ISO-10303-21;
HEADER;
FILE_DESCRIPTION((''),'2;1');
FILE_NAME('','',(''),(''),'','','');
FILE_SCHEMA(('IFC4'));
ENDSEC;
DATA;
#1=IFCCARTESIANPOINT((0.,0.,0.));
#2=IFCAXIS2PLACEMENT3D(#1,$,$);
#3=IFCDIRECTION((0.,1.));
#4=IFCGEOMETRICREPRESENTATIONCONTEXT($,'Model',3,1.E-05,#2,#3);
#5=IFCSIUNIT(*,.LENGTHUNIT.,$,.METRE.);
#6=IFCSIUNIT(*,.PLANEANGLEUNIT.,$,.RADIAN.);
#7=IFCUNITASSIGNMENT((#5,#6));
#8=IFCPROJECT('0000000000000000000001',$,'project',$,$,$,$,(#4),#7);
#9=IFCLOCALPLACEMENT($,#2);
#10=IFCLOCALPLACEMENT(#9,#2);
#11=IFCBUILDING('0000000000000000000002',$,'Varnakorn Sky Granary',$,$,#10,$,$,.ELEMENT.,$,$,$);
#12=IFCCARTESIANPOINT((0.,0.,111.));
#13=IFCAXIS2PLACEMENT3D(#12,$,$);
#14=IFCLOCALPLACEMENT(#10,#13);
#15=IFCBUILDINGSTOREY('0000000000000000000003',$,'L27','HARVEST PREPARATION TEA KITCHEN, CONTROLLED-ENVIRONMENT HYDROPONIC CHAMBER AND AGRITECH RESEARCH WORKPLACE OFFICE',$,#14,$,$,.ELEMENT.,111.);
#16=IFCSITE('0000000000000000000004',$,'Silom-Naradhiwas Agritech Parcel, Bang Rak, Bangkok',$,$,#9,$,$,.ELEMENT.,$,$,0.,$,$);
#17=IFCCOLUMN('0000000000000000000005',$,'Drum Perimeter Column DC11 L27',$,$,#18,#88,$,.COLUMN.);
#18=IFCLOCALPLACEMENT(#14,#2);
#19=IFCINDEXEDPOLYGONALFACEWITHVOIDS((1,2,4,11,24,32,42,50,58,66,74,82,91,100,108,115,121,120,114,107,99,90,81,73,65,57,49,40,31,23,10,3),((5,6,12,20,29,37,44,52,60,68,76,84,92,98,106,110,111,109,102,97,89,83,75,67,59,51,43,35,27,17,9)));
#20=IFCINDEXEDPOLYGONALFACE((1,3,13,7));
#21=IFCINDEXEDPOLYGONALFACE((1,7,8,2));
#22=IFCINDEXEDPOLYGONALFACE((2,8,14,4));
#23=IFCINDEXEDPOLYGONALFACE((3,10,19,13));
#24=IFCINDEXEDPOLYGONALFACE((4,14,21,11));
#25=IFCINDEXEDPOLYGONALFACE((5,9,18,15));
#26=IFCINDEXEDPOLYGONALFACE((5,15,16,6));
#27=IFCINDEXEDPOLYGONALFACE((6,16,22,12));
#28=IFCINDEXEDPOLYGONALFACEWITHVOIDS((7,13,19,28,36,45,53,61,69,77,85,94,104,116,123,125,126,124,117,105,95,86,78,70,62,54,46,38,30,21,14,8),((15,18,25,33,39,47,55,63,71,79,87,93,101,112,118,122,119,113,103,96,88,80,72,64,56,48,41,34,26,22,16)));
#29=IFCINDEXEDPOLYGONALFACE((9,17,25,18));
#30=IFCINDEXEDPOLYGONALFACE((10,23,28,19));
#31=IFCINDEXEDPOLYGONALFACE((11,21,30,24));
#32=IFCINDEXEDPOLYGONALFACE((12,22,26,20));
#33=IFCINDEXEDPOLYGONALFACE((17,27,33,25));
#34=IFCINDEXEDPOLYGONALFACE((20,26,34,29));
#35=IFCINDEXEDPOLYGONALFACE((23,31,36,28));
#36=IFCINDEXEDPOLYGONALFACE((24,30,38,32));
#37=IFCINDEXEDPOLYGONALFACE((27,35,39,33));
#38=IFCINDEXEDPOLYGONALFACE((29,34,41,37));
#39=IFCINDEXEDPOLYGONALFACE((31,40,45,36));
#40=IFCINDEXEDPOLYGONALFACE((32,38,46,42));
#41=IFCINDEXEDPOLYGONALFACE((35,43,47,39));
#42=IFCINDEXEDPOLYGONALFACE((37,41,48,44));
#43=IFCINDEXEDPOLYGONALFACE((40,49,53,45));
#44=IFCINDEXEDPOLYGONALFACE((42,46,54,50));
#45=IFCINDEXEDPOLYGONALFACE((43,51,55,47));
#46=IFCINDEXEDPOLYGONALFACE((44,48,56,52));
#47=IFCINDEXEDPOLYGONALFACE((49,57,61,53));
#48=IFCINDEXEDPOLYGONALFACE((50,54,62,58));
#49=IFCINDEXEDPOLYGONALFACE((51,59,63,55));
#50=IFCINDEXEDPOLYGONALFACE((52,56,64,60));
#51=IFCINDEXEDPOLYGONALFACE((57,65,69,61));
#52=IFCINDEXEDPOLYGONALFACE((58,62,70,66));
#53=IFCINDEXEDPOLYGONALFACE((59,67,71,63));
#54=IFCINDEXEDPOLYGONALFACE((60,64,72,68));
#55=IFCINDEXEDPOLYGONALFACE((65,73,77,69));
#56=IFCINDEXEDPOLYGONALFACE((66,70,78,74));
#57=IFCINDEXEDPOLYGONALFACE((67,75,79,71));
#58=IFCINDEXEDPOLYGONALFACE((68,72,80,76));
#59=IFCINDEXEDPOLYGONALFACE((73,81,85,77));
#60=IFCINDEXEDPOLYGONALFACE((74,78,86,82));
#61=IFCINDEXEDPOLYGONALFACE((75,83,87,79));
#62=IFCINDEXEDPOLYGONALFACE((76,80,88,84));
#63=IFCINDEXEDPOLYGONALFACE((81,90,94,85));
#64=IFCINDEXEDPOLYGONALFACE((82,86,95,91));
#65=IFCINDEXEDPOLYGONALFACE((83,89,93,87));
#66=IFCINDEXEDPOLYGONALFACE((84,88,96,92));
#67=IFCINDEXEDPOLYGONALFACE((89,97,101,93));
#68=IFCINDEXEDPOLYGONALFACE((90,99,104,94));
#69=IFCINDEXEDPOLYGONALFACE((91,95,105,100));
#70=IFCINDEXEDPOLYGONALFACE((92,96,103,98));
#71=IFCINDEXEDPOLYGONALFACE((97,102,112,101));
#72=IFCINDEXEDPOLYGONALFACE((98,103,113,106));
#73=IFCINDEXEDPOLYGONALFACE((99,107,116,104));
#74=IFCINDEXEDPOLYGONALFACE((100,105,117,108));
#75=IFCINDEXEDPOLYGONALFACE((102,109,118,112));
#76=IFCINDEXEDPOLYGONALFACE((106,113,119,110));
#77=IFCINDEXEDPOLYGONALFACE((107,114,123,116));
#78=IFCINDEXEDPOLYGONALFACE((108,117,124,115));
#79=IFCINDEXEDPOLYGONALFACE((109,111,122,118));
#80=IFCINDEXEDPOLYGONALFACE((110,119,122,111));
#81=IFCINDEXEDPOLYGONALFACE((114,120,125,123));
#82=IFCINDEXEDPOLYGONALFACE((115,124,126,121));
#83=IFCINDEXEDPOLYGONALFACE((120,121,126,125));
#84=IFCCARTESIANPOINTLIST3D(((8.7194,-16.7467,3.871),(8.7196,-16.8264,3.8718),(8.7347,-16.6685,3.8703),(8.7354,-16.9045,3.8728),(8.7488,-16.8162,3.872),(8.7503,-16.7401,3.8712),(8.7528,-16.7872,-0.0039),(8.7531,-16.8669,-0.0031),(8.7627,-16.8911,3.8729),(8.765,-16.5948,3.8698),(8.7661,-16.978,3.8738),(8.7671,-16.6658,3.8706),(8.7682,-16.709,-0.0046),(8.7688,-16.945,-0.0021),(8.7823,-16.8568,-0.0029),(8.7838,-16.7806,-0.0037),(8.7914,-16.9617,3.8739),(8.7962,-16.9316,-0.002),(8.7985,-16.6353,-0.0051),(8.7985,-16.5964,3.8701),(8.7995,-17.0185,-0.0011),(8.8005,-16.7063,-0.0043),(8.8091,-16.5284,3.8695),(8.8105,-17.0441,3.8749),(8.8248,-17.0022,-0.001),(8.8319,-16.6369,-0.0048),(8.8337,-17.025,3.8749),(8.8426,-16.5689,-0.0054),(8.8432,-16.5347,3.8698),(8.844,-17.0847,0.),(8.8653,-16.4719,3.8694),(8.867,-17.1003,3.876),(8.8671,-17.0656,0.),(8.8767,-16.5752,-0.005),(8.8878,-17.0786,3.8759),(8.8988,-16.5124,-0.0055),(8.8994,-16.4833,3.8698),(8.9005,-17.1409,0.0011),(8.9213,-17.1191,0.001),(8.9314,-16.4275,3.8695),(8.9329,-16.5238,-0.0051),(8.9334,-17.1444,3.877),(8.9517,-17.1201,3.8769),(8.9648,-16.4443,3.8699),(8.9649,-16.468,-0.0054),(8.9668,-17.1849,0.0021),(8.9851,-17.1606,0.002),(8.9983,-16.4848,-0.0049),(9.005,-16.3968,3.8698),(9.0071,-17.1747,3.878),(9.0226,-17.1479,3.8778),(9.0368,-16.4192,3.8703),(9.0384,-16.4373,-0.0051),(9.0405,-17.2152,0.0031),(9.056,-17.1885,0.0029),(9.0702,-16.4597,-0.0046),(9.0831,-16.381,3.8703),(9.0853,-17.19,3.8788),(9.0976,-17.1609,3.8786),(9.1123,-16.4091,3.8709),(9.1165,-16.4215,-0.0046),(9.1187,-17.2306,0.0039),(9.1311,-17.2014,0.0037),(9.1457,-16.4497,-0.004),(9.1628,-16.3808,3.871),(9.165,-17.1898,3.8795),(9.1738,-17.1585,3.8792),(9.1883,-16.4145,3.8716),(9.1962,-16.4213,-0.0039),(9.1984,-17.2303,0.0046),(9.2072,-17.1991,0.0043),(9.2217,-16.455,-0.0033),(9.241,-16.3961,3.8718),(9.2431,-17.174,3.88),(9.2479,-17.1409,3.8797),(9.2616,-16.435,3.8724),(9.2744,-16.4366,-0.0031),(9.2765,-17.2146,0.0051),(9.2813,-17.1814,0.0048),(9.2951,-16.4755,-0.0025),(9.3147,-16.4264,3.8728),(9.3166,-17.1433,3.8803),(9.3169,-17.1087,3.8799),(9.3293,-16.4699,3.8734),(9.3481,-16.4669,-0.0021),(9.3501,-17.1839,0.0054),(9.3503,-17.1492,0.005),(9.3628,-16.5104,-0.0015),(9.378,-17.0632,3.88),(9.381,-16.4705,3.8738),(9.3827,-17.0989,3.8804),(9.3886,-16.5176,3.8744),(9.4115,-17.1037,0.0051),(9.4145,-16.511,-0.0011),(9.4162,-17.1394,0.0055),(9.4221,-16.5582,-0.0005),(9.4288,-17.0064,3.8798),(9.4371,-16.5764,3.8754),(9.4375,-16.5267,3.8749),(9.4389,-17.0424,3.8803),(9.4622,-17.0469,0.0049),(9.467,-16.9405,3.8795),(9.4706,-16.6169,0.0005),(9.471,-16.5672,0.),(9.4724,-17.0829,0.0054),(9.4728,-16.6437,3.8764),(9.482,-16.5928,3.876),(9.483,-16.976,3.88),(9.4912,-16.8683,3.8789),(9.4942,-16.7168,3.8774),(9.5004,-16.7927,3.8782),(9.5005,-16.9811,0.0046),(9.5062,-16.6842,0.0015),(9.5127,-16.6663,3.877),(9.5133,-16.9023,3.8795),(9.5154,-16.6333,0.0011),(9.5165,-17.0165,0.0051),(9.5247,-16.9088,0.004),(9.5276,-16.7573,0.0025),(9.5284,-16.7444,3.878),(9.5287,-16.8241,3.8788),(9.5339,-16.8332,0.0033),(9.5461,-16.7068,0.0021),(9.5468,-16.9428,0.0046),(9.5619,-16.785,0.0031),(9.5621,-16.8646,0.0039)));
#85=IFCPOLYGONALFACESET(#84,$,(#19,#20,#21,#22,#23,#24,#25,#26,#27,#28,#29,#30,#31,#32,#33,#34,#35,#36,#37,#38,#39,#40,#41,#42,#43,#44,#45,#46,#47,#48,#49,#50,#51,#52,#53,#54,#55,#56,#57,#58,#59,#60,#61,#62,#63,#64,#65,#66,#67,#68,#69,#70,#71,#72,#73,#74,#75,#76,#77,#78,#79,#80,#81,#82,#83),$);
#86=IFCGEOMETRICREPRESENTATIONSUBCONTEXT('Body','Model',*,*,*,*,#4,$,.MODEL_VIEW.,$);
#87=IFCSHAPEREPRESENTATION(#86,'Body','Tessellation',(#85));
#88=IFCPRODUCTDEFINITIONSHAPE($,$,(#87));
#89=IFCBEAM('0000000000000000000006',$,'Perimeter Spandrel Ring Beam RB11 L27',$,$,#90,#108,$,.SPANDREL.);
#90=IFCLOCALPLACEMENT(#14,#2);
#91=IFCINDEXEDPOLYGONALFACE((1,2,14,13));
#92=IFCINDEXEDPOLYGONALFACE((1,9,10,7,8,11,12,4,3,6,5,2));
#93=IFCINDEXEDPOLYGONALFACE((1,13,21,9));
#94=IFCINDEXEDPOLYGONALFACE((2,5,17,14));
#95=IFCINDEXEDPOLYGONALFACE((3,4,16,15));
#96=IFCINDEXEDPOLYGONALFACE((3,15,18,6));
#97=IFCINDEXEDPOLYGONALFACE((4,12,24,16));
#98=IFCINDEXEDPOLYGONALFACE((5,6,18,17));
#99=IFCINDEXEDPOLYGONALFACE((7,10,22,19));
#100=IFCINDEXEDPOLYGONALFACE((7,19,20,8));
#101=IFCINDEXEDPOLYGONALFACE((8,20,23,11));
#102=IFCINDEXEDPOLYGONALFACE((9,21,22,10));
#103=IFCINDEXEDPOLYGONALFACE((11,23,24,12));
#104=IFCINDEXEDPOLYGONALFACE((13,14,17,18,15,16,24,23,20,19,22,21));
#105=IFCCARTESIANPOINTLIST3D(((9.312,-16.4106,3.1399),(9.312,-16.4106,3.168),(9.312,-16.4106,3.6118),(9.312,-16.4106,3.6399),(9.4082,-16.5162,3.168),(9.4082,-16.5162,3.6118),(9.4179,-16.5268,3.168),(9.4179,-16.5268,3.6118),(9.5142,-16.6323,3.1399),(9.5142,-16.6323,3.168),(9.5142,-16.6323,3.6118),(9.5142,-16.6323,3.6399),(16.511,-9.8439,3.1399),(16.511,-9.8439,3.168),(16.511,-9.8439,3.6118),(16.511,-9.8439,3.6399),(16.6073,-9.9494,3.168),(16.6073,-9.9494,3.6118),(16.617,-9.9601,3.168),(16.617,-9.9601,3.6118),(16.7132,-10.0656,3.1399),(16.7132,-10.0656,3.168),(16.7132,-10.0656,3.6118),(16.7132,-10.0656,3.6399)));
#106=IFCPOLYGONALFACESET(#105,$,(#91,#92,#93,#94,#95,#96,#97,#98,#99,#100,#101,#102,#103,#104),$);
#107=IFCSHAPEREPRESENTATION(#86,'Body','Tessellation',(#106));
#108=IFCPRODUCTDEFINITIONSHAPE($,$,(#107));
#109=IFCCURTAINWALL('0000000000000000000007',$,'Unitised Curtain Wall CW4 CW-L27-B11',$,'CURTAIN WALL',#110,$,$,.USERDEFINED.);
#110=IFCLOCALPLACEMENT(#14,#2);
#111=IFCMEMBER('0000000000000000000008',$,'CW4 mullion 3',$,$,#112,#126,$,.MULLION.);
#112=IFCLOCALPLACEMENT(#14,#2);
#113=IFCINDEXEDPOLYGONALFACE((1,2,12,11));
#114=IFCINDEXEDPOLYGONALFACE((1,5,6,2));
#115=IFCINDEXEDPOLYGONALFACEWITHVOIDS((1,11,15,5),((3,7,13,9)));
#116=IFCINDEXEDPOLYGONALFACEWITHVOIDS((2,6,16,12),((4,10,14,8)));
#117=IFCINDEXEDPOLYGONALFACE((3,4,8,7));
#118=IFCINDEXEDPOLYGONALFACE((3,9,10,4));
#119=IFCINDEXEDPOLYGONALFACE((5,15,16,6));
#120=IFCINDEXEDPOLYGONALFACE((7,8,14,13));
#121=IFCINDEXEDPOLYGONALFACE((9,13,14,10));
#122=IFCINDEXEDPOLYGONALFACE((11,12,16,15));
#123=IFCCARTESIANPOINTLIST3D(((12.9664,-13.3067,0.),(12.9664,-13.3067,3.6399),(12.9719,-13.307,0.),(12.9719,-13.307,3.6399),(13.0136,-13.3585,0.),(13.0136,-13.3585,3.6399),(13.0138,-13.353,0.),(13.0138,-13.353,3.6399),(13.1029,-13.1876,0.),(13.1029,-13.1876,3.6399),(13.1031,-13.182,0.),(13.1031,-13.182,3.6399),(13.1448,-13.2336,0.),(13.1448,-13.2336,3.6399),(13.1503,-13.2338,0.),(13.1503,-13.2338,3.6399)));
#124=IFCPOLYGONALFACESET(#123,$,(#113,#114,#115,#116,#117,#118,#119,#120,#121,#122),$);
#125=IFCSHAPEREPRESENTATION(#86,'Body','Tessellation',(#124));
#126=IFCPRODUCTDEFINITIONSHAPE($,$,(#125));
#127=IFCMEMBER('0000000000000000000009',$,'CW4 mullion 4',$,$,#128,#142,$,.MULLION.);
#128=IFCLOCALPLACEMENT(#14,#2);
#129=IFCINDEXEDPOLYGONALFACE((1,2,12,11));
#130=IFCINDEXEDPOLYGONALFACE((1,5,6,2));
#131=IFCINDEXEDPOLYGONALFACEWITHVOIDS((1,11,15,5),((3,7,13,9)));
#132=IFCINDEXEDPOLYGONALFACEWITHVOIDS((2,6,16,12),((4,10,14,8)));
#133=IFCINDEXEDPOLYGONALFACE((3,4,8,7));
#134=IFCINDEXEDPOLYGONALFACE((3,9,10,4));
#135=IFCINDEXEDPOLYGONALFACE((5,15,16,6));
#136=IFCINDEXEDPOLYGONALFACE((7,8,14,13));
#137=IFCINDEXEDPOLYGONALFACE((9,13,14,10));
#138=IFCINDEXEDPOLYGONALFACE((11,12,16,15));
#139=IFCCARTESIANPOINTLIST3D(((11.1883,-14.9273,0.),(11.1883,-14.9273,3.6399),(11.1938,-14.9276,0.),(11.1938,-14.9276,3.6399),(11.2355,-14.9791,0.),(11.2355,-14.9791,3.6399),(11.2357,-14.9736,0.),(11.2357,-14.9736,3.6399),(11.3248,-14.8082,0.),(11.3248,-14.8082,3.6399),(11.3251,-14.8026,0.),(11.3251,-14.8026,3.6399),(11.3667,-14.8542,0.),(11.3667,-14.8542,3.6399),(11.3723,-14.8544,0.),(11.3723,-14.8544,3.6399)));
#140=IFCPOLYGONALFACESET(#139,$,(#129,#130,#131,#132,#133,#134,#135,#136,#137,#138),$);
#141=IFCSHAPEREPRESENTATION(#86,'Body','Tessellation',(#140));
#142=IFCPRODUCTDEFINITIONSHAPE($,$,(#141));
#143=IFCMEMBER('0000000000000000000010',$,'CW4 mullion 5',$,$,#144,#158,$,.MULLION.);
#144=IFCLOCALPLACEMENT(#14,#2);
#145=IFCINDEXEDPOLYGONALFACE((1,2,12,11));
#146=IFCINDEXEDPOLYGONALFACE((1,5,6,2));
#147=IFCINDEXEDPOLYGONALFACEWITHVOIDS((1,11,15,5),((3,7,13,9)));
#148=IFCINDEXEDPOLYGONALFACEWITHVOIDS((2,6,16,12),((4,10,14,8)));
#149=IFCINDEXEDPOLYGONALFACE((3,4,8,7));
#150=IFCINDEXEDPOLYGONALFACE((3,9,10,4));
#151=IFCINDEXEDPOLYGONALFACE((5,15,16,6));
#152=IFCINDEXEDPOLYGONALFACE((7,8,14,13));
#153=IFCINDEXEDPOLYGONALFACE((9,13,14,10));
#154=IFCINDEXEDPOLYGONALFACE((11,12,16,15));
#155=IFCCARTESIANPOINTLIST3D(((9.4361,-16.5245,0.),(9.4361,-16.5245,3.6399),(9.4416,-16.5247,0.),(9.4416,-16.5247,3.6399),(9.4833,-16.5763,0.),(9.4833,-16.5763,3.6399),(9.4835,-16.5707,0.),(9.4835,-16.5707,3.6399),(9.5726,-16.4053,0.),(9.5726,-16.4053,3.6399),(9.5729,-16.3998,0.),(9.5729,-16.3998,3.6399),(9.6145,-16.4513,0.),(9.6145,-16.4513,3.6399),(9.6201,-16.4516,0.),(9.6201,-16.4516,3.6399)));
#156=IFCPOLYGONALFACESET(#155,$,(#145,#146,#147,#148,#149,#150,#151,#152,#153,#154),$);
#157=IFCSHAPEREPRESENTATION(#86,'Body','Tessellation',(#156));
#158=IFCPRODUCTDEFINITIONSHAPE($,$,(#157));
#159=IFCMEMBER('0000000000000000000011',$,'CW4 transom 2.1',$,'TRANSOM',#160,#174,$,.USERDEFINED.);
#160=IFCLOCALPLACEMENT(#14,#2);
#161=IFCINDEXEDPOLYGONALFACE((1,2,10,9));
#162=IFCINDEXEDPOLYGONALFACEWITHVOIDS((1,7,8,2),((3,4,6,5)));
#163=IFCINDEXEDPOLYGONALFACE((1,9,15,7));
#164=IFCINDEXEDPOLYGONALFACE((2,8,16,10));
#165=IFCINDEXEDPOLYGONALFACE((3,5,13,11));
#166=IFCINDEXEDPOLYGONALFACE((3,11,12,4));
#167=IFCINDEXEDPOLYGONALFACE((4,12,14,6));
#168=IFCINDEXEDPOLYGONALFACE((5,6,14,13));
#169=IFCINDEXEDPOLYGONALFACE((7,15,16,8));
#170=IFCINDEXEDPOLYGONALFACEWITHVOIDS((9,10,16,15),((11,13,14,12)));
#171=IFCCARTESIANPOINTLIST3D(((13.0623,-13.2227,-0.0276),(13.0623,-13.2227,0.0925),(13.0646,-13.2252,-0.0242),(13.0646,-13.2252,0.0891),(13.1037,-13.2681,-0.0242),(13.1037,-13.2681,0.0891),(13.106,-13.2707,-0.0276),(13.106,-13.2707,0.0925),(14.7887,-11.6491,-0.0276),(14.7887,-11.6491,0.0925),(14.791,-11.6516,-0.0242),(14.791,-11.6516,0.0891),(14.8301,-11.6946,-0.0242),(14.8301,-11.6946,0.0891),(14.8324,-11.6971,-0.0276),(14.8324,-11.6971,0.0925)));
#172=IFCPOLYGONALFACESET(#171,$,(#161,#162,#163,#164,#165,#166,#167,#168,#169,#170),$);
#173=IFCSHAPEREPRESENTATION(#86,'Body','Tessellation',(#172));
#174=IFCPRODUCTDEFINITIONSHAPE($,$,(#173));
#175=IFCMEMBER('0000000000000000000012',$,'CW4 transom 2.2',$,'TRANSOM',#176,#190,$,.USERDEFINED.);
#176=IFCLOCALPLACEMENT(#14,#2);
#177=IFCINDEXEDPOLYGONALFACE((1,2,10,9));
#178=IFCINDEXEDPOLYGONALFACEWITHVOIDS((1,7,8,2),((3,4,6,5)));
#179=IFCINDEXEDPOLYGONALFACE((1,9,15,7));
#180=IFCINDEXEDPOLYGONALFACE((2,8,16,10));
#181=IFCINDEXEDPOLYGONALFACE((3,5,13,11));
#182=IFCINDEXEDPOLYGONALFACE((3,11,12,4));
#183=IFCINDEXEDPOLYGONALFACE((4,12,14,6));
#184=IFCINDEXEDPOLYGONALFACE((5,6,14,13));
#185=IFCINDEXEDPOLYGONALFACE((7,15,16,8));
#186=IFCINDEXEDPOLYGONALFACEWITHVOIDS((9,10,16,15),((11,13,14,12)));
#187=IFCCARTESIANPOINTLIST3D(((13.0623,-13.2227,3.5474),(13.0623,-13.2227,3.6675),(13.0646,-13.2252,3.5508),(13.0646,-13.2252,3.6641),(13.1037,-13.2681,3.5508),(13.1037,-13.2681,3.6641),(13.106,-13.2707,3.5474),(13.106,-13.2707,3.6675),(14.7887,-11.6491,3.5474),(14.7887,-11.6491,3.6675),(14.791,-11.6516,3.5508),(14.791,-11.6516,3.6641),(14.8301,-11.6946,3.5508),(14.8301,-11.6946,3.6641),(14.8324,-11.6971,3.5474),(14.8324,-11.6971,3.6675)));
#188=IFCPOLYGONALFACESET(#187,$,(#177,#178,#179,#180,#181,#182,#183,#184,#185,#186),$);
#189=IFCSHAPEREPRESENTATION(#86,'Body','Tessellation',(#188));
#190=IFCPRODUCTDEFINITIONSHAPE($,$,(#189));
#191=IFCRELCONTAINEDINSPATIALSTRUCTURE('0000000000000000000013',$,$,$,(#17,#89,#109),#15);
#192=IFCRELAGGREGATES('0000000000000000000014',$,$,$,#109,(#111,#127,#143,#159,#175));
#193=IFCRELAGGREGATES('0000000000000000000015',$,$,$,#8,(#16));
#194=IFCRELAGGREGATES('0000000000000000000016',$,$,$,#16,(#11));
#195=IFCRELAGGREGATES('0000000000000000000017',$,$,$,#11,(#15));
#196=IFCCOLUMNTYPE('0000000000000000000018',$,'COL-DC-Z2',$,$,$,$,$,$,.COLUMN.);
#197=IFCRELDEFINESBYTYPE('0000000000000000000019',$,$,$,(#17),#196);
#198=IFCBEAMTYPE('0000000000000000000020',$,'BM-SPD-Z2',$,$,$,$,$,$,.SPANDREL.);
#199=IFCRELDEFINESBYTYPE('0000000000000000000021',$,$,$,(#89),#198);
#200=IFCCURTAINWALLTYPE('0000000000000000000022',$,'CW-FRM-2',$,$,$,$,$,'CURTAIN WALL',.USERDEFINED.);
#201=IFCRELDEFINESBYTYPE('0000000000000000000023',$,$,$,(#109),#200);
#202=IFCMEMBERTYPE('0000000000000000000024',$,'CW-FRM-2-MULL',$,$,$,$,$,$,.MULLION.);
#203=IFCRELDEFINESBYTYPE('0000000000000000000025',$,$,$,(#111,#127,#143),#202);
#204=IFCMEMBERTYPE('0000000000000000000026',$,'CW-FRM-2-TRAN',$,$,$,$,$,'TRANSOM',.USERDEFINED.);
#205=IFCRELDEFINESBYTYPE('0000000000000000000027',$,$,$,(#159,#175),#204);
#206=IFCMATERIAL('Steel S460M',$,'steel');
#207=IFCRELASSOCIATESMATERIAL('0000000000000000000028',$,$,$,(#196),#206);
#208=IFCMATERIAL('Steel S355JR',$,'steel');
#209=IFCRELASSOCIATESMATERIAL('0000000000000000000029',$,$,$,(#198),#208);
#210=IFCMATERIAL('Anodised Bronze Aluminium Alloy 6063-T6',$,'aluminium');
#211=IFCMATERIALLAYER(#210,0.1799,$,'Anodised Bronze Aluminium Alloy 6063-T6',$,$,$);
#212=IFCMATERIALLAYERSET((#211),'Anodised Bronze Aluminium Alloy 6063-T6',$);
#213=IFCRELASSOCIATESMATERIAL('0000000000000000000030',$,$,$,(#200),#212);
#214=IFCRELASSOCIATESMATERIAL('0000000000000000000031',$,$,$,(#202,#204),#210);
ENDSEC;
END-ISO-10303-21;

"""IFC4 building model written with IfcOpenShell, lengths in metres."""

from ifc_helpers import new_model, si_unit, direction, frame, origin, origin_2d, place, context, subcontext, project, spatial, hollow_rectangle, hollow_circle, i_section, extrude, material, layer, layer_set, material_profile, profile_set, type_object, element, aggregate, save


model = new_model("IFC4")

# Units and contexts
model_context = context("Model", 3, precision=1e-05, world=origin(), true_north=direction((0.0, 1.0)))
body_context = subcontext(model_context, "Body", "Model", "MODEL_VIEW")
ifc_project = project(units=[si_unit("LENGTHUNIT", "METRE"), si_unit("PLANEANGLEUNIT", "RADIAN")], contexts=[model_context])

# Site, building, storey
site_placement = place(None, origin())
site = spatial("IfcSite", under=ifc_project, at=site_placement, Name="Silom-Naradhiwas Agritech Parcel, Bang Rak, Bangkok", CompositionType="ELEMENT", RefElevation=0.0)
building_placement = place(site_placement, origin())
building = spatial("IfcBuilding", under=site, at=building_placement, Name="Varnakorn Sky Granary", CompositionType="ELEMENT")
storey_placement = place(building_placement, frame((0.0, 0.0, 111.0)))
storey = spatial("IfcBuildingStorey", under=building, at=storey_placement, Name="L27", Description="HARVEST PREPARATION TEA KITCHEN, CONTROLLED-ENVIRONMENT HYDROPONIC CHAMBER AND AGRITECH RESEARCH WORKPLACE OFFICE", CompositionType="ELEMENT", Elevation=111.0)

# Column
ifc_material_1 = material(Name="Steel S460M", Category="steel")
ifc_material_profile_1 = material_profile(ifc_material_1, hollow_circle(Radius=0.4065, WallThickness=0.03, at=origin_2d()), Name="CHS 813x30")
ifc_profile_set_1 = profile_set([ifc_material_profile_1], Name="Steel S460M")
column_type = type_object("IfcColumnType", Name="COL-DC-Z2", PredefinedType="COLUMN", material=ifc_profile_set_1)
column_placement = place(storey_placement, frame((9.1575, -16.8259, 0.0), z_axis=(-0.008631, 0.010458, 0.999908), x_axis=(-0.771259, -0.636521, 0.0)))
element("IfcColumn", 1, at=column_placement, inside=storey, type_object=column_type, Name="Drum Perimeter Column DC11 L27", PredefinedType="COLUMN", context=body_context, shape_type="SweptSolid", body=[
    extrude(hollow_circle(Radius=0.4065, WallThickness=0.03, at=origin_2d()), origin(), (0.0, 0.0, 1.0), 3.8752),
])

# Beam
ifc_material_2 = material(Name="Steel S355JR", Category="steel")
ifc_material_profile_2 = material_profile(ifc_material_2, i_section(OverallWidth=0.3, OverallDepth=0.5, WebThickness=0.0144, FlangeThickness=0.0281, at=origin_2d()), Name="HE 500 B")
ifc_profile_set_2 = profile_set([ifc_material_profile_2], Name="Steel S355JR")
beam_type = type_object("IfcBeamType", Name="BM-SPD-Z2", PredefinedType="SPANDREL", material=ifc_profile_set_2)
beam_placement = place(storey_placement, frame((9.4131, -16.5215, 3.3899), z_axis=(0.738809, 0.673915, 0.0), x_axis=(-0.673915, 0.738809, 0.0)))
element("IfcBeam", 2, at=beam_placement, inside=storey, type_object=beam_type, Name="Perimeter Spandrel Ring Beam RB11 L27", PredefinedType="SPANDREL", context=body_context, shape_type="SweptSolid", body=[
    extrude(i_section(OverallWidth=0.3, OverallDepth=0.5, WebThickness=0.0144, FlangeThickness=0.0281, at=origin_2d()), origin(), (0.0, 0.0, 1.0), 9.7441),
])

# Curtain wall, members
ifc_material_3 = material(Name="Anodised Bronze Aluminium Alloy 6063-T6", Category="aluminium")
ifc_layer_1 = layer(ifc_material_3, 0.1799, Name="Anodised Bronze Aluminium Alloy 6063-T6")
ifc_layer_set_1 = layer_set([ifc_layer_1], Name="Anodised Bronze Aluminium Alloy 6063-T6")
curtain_wall_type = type_object("IfcCurtainWallType", Name="CW-FRM-2", ElementType="CURTAIN WALL", PredefinedType="USERDEFINED", material=ifc_layer_set_1)
curtain_wall_placement = place(storey_placement, origin())
curtain_wall = element("IfcCurtainWall", 3, at=curtain_wall_placement, inside=storey, type_object=curtain_wall_type, Name="Unitised Curtain Wall CW4 CW-L27-B11", ObjectType="CURTAIN WALL", PredefinedType="USERDEFINED")
ifc_material_profile_3 = material_profile(ifc_material_3, hollow_rectangle(XDim=0.0701, YDim=0.1851, WallThickness=0.0039, at=origin_2d()), Name="ALU MULL 70x185")
ifc_profile_set_3 = profile_set([ifc_material_profile_3], Name="Anodised Bronze Aluminium Alloy 6063-T6")
member_type_1 = type_object("IfcMemberType", Name="CW-FRM-2-MULL", PredefinedType="MULLION", material=ifc_profile_set_3)
member_1_placement = place(storey_placement, frame((13.0583, -13.2703, 0.0), z_axis=(0.0, 0.0, 1.0), x_axis=(0.673654, -0.739047, 0.0)))
member_1 = element("IfcMember", 4, at=member_1_placement, type_object=member_type_1, Name="CW4 mullion 3", PredefinedType="MULLION", context=body_context, shape_type="SweptSolid", body=[
    extrude(hollow_rectangle(XDim=0.0701, YDim=0.1851, WallThickness=0.0039, at=origin_2d()), origin(), (0.0, 0.0, 1.0), 3.6399),
])
member_2_placement = place(storey_placement, frame((11.2803, -14.8909, 0.0), z_axis=(0.0, 0.0, 1.0), x_axis=(0.673654, -0.739047, 0.0)))
member_2 = element("IfcMember", 5, at=member_2_placement, type_object=member_type_1, Name="CW4 mullion 4", PredefinedType="MULLION", context=body_context, shape_type="SweptSolid", body=[
    extrude(hollow_rectangle(XDim=0.0701, YDim=0.1851, WallThickness=0.0039, at=origin_2d()), origin(), (0.0, 0.0, 1.0), 3.6399),
])
member_3_placement = place(storey_placement, frame((9.5281, -16.488, 0.0), z_axis=(0.0, 0.0, 1.0), x_axis=(0.673654, -0.739047, 0.0)))
member_3 = element("IfcMember", 6, at=member_3_placement, type_object=member_type_1, Name="CW4 mullion 5", PredefinedType="MULLION", context=body_context, shape_type="SweptSolid", body=[
    extrude(hollow_rectangle(XDim=0.0701, YDim=0.1851, WallThickness=0.0039, at=origin_2d()), origin(), (0.0, 0.0, 1.0), 3.6399),
])
ifc_material_profile_4 = material_profile(ifc_material_3, hollow_rectangle(XDim=0.0649, YDim=0.1201, WallThickness=0.0034, at=origin_2d()), Name="ALU TRAN 65x120")
ifc_profile_set_4 = profile_set([ifc_material_profile_4], Name="Anodised Bronze Aluminium Alloy 6063-T6")
member_type_2 = type_object("IfcMemberType", Name="CW-FRM-2-TRAN", ElementType="TRANSOM", PredefinedType="USERDEFINED", material=ifc_profile_set_4)
member_4_placement = place(storey_placement, frame((14.8105, -11.6731, 0.0325), z_axis=(-0.739065, -0.673635, 0.0), x_axis=(0.673635, -0.739065, 0.0)))
member_4 = element("IfcMember", 7, at=member_4_placement, type_object=member_type_2, Name="CW4 transom 2.1", ObjectType="TRANSOM", PredefinedType="USERDEFINED", context=body_context, shape_type="SweptSolid", body=[
    extrude(hollow_rectangle(XDim=0.0649, YDim=0.1201, WallThickness=0.0034, at=origin_2d()), origin(), (0.0, 0.0, 1.0), 2.3359),
])
member_5_placement = place(storey_placement, frame((14.8105, -11.6731, 3.6074), z_axis=(-0.739065, -0.673635, 0.0), x_axis=(0.673635, -0.739065, 0.0)))
member_5 = element("IfcMember", 8, at=member_5_placement, type_object=member_type_2, Name="CW4 transom 2.2", ObjectType="TRANSOM", PredefinedType="USERDEFINED", context=body_context, shape_type="SweptSolid", body=[
    extrude(hollow_rectangle(XDim=0.0649, YDim=0.1201, WallThickness=0.0034, at=origin_2d()), origin(), (0.0, 0.0, 1.0), 2.3359),
])

aggregate(curtain_wall, [member_1, member_2, member_3, member_4, member_5])

save(model, "model.ifc")
